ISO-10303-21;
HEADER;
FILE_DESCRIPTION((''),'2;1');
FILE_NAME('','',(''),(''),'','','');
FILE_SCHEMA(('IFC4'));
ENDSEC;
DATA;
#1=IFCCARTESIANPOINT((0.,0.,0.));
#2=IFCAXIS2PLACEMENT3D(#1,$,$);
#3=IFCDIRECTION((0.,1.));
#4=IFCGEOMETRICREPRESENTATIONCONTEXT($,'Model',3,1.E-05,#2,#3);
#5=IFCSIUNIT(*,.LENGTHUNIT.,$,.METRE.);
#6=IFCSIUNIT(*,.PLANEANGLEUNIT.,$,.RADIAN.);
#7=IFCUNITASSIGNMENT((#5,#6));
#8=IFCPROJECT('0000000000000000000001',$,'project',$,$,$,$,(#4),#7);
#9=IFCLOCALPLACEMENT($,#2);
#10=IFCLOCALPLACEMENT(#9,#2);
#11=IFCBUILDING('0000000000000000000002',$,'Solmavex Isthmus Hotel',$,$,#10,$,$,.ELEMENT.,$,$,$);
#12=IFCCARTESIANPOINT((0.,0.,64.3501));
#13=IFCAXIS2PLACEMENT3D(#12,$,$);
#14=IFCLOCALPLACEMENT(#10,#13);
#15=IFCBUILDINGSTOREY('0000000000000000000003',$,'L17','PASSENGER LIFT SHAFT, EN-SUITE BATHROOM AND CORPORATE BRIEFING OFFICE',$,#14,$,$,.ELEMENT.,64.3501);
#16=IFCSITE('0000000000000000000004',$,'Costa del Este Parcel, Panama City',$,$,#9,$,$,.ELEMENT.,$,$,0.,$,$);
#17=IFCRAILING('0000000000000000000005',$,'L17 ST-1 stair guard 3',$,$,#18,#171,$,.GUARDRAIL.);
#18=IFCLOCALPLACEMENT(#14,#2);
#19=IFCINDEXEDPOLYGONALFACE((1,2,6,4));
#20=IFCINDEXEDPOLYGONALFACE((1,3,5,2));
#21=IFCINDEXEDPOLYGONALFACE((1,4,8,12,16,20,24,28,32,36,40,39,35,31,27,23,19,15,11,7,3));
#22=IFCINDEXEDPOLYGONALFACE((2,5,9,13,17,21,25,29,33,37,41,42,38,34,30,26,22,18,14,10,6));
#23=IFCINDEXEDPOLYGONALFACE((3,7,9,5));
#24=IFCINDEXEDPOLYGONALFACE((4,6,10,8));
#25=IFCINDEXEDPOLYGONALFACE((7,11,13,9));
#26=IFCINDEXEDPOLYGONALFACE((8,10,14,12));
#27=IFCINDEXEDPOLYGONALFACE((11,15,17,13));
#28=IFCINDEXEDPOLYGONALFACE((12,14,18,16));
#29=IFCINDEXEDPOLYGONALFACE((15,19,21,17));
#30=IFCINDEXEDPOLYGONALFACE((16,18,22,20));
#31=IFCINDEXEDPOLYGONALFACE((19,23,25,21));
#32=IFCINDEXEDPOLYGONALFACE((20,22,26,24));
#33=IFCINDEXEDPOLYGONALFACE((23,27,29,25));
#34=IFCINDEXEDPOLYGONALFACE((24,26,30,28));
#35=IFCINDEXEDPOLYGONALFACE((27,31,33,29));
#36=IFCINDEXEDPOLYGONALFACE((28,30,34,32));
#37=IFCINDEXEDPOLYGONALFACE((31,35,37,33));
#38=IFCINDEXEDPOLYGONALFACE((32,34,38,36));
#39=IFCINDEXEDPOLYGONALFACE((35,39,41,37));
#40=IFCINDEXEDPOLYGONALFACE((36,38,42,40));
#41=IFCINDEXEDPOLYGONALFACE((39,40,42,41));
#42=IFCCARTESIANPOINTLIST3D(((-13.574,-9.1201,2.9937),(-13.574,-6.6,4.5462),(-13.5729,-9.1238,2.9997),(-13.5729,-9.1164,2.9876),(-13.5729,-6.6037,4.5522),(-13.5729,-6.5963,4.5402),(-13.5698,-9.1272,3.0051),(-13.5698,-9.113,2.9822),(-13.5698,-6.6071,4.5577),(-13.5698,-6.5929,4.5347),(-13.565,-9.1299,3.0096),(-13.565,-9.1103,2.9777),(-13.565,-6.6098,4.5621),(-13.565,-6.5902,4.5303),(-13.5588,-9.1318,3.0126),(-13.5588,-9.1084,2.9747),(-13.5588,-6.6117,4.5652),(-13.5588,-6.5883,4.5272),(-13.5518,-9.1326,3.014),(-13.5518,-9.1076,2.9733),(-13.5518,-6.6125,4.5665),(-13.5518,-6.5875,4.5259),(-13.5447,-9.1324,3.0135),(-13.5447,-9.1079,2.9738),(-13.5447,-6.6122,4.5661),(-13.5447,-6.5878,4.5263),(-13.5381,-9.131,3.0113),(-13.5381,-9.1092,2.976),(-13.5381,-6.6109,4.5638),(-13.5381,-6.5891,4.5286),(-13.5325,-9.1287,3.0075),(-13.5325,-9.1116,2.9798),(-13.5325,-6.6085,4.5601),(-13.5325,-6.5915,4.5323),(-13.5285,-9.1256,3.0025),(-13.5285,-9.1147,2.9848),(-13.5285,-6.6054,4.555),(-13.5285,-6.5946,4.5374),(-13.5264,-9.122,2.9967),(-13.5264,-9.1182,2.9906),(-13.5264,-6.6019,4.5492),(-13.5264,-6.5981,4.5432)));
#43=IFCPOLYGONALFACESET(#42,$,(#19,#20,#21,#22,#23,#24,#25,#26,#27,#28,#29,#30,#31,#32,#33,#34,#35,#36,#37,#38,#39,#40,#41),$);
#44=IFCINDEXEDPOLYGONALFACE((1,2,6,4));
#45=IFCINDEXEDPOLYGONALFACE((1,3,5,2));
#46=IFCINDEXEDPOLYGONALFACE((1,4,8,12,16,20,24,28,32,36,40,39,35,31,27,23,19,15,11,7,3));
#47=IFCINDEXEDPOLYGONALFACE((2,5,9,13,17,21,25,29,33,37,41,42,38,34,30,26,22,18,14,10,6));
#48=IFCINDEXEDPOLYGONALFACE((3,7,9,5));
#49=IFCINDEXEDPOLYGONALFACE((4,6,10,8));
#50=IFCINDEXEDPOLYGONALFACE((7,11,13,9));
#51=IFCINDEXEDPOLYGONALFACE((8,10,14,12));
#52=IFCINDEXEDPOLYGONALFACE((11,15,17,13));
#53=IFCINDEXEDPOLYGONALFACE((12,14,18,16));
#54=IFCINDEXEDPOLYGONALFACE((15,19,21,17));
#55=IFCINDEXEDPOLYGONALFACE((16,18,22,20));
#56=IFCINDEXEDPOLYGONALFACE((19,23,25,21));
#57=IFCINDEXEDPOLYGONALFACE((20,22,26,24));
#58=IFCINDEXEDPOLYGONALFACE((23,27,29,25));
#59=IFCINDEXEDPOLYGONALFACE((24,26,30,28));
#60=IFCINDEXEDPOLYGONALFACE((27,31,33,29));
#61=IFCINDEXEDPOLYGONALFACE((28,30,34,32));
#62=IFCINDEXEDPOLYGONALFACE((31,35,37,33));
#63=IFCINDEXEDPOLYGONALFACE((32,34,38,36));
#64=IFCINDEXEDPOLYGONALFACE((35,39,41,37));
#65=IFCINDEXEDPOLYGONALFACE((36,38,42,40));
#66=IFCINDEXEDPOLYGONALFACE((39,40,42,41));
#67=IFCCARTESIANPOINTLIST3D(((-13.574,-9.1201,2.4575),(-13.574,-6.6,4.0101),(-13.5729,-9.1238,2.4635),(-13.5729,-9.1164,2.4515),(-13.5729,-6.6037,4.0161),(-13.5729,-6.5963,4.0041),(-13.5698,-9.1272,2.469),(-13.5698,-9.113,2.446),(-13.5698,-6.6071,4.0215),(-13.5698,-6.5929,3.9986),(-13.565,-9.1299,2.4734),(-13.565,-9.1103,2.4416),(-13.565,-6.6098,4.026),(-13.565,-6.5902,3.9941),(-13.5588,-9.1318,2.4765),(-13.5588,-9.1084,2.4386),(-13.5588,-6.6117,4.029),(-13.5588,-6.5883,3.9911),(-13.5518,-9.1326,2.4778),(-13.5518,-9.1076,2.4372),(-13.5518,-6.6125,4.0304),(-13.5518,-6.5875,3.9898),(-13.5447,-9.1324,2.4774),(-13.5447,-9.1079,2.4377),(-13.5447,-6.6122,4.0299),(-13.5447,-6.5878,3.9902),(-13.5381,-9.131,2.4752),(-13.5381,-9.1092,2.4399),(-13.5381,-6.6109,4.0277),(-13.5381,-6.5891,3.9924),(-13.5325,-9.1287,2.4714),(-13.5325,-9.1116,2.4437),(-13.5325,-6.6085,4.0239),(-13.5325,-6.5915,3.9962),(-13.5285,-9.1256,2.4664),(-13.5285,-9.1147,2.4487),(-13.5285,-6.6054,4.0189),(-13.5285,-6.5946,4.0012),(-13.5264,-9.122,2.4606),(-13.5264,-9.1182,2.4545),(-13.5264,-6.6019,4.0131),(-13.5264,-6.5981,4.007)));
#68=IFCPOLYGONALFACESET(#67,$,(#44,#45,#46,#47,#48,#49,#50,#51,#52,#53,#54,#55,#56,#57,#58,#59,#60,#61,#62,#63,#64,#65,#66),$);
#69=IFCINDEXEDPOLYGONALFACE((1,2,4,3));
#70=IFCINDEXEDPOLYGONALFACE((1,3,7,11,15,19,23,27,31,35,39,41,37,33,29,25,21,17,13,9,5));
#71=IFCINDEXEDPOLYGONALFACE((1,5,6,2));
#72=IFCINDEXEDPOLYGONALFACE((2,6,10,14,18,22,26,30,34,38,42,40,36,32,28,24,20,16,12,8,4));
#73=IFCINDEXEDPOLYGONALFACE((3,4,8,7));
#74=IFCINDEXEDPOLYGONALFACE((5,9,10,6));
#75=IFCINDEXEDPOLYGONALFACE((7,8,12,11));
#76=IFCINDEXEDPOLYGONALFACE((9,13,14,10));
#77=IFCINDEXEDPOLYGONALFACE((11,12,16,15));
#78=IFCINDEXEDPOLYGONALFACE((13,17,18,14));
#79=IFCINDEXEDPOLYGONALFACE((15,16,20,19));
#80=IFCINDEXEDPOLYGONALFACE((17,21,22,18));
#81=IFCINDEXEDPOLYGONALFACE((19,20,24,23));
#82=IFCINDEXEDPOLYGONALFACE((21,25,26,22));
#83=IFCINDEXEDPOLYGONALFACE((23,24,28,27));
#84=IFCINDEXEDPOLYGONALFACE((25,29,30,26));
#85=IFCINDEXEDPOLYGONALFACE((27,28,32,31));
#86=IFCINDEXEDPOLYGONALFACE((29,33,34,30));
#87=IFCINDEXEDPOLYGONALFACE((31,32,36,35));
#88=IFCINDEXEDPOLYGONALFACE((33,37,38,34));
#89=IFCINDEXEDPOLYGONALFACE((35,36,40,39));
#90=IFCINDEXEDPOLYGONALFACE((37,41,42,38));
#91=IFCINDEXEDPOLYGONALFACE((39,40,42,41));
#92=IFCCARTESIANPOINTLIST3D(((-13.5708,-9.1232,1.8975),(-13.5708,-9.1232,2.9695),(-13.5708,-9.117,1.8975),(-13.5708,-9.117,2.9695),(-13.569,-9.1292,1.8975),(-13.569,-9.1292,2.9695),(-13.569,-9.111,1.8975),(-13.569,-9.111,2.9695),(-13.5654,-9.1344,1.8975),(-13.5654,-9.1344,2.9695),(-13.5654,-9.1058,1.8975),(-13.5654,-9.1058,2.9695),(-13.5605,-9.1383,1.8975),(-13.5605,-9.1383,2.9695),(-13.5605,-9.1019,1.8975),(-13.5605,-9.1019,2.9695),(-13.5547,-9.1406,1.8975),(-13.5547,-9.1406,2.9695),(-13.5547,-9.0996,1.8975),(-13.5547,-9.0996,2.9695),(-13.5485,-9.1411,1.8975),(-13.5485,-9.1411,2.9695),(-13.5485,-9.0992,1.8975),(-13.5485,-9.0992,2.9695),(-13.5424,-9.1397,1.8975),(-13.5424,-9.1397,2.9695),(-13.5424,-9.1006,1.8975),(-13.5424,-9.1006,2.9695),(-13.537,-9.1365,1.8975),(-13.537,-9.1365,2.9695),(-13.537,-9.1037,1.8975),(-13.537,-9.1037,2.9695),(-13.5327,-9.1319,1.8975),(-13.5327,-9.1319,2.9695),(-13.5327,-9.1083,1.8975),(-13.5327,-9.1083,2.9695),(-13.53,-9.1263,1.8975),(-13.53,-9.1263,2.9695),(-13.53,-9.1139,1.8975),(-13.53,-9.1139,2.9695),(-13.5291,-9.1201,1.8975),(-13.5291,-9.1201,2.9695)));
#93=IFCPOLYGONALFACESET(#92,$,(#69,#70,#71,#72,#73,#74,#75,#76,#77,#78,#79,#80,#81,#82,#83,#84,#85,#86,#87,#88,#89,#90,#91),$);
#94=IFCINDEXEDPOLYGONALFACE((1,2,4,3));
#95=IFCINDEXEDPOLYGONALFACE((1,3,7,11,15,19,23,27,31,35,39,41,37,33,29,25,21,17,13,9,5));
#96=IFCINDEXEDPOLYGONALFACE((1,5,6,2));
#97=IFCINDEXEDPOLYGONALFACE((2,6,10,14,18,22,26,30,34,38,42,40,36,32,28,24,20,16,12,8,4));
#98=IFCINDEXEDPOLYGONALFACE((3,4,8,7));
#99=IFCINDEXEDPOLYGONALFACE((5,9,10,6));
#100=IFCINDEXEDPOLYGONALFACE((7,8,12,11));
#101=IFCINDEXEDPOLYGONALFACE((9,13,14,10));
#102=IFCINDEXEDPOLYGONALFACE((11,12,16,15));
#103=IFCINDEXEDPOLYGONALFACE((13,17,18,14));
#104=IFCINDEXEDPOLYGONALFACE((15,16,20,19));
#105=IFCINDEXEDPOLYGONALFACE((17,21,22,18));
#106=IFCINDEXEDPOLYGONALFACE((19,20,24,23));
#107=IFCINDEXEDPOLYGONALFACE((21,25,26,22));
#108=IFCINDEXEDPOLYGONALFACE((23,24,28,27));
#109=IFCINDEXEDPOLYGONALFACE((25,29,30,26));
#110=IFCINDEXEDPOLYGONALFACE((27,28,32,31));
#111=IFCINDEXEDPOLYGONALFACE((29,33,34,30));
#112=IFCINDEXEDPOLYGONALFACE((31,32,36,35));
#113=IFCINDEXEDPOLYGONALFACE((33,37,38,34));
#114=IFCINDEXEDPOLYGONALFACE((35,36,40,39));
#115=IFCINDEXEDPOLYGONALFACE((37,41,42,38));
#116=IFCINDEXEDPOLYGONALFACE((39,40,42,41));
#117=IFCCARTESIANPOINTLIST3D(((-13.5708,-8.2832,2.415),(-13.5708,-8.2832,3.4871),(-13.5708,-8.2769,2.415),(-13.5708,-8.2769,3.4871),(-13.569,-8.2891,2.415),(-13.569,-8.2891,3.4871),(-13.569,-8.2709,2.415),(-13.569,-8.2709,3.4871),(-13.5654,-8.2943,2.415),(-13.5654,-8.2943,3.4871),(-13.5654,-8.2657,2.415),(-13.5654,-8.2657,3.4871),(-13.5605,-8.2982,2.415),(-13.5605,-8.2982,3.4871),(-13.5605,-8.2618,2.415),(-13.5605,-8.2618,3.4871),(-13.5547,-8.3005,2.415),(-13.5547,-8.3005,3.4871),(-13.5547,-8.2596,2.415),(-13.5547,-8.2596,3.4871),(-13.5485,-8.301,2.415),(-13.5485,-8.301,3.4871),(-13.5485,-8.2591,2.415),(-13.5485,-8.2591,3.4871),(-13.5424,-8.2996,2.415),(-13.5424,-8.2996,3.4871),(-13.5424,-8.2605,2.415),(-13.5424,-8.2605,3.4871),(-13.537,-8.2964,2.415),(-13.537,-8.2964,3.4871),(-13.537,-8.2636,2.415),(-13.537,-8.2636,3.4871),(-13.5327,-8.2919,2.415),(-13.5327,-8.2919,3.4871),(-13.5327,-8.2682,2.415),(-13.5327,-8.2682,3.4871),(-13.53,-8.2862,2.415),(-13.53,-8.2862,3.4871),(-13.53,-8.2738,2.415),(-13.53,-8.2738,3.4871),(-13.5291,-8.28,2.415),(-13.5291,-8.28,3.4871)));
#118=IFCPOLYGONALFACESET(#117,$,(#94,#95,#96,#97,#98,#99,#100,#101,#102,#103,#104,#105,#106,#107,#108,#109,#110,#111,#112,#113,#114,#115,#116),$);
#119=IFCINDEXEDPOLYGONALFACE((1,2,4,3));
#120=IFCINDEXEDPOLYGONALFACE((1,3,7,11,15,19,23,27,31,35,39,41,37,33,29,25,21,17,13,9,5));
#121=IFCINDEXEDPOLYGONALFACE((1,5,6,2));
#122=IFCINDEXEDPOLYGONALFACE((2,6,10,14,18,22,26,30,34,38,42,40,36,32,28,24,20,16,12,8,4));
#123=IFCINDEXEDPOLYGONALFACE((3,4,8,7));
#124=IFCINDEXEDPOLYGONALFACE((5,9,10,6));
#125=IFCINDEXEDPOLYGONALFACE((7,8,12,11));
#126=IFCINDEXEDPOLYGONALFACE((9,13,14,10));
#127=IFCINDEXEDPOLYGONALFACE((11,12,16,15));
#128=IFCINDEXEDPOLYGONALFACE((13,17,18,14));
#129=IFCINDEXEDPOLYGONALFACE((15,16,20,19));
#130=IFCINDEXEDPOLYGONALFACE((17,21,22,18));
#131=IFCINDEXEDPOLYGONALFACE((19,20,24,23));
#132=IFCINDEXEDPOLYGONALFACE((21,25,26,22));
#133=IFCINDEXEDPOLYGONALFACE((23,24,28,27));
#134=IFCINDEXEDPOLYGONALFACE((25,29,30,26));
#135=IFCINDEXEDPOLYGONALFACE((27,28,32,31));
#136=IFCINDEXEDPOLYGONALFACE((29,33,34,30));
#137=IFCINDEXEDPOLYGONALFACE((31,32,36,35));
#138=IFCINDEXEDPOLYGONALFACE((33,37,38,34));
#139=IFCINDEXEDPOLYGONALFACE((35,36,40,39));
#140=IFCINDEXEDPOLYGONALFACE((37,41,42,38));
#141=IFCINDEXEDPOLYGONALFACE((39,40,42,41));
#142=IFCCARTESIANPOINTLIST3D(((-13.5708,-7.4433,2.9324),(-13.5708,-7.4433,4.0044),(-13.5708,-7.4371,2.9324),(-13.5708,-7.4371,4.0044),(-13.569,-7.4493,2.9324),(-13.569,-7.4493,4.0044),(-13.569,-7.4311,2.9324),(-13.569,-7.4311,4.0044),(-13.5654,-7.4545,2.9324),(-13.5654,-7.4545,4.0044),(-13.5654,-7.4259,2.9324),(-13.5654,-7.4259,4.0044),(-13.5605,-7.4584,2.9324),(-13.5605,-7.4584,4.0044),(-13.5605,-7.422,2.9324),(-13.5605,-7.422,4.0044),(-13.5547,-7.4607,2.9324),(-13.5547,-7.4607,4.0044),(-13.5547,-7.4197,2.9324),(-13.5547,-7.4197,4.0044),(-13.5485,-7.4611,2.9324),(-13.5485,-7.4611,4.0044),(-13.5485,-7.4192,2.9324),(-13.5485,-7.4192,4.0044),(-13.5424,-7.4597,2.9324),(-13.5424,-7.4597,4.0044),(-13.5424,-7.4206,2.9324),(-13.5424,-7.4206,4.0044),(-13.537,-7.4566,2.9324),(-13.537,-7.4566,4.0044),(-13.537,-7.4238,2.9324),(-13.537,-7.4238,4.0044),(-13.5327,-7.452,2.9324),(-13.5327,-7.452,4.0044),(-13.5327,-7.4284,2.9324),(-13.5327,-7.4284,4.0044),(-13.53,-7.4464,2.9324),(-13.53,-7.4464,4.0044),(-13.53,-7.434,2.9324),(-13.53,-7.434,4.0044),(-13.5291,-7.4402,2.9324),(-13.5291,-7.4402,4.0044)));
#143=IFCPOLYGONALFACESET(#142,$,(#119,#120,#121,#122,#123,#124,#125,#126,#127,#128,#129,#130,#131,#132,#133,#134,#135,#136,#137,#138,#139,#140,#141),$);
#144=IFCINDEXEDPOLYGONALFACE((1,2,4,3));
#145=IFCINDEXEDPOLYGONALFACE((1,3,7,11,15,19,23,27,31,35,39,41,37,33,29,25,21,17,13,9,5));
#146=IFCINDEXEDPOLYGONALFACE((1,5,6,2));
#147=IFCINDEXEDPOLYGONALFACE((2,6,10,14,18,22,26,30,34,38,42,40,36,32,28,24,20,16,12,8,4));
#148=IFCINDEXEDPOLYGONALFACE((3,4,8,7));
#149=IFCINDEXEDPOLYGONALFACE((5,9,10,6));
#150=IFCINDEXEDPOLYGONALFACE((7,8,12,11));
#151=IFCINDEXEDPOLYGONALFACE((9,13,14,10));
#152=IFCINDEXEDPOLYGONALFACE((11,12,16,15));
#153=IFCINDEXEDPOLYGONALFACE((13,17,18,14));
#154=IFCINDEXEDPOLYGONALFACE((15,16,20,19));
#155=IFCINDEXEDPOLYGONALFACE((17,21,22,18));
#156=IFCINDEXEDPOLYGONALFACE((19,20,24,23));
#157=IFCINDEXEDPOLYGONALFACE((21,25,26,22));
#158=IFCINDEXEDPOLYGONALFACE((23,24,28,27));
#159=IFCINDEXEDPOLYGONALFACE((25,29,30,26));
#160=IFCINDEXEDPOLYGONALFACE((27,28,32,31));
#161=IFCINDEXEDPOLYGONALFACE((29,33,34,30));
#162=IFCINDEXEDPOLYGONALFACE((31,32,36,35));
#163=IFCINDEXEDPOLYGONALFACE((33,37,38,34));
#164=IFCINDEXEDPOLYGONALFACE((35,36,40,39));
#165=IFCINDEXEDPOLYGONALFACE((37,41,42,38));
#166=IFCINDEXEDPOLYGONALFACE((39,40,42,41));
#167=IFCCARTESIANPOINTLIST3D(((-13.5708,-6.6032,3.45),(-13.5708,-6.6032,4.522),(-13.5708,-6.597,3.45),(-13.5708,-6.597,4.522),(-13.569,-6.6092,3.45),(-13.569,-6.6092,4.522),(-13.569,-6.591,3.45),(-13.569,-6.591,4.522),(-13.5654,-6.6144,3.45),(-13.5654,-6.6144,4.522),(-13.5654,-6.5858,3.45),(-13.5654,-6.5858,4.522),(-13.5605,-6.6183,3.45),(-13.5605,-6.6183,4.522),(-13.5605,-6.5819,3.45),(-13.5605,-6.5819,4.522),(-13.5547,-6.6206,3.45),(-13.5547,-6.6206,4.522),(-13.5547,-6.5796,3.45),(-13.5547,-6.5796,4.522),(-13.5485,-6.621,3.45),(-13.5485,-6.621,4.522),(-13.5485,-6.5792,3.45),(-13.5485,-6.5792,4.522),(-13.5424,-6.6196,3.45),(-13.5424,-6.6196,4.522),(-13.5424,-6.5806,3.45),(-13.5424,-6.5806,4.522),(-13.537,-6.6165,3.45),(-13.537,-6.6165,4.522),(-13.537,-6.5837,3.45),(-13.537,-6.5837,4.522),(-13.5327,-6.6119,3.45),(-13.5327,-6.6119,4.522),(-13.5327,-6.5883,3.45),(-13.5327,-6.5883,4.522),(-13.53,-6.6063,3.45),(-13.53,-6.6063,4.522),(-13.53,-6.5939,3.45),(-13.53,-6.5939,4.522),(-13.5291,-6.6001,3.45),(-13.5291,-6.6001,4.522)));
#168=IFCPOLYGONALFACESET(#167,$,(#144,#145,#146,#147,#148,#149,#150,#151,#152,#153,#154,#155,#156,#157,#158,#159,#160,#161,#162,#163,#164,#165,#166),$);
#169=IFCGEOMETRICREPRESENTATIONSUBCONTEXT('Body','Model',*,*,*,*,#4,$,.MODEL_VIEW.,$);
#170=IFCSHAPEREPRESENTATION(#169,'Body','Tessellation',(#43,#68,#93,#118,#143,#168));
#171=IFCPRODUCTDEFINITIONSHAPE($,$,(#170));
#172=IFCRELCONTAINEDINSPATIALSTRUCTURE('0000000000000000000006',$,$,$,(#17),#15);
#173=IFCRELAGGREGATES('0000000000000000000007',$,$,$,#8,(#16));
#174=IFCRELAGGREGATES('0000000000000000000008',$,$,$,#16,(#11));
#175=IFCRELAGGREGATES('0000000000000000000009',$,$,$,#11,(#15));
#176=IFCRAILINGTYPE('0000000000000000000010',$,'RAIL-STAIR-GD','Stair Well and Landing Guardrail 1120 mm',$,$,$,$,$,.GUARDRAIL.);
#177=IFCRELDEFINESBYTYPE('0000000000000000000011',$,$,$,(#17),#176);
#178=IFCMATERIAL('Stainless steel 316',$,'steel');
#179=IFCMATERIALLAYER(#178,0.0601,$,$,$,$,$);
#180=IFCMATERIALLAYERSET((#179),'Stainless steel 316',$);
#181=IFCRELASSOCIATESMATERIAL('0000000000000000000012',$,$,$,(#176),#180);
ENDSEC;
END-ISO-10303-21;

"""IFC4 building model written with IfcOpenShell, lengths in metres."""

from ifc_helpers import new_model, si_unit, direction, frame, origin, origin_2d, place, context, subcontext, project, spatial, circle, extrude, material, layer, layer_set, type_object, element, save


model = new_model("IFC4")

# Units and contexts
model_context = context("Model", 3, precision=1e-05, world=origin(), true_north=direction((0.0, 1.0)))
body_context = subcontext(model_context, "Body", "Model", "MODEL_VIEW")
ifc_project = project(units=[si_unit("LENGTHUNIT", "METRE"), si_unit("PLANEANGLEUNIT", "RADIAN")], contexts=[model_context])

# Site, building, storey
site_placement = place(None, origin())
site = spatial("IfcSite", under=ifc_project, at=site_placement, Name="Costa del Este Parcel, Panama City", CompositionType="ELEMENT", RefElevation=0.0)
building_placement = place(site_placement, origin())
building = spatial("IfcBuilding", under=site, at=building_placement, Name="Solmavex Isthmus Hotel", CompositionType="ELEMENT")
storey_placement = place(building_placement, frame((0.0, 0.0, 64.3501)))
storey = spatial("IfcBuildingStorey", under=building, at=storey_placement, Name="L17", Description="PASSENGER LIFT SHAFT, EN-SUITE BATHROOM AND CORPORATE BRIEFING OFFICE", CompositionType="ELEMENT", Elevation=64.3501)

# Shared definitions
ifc_material_1 = material(Name="Stainless steel 316", Category="steel")

# Railing
ifc_layer_1 = layer(ifc_material_1, 0.0601)
ifc_layer_set_1 = layer_set([ifc_layer_1], Name="Stainless steel 316")
railing_type_1 = type_object("IfcRailingType", Name="RAIL-STAIR-GD", Description="Stair Well and Landing Guardrail 1120 mm", PredefinedType="GUARDRAIL", material=ifc_layer_set_1)
railing_1_placement = place(storey_placement, frame((-13.55, -9.1201, 1.8975)))
element("IfcRailing", 1, at=railing_1_placement, inside=storey, type_object=railing_type_1, Name="L17 ST-1 stair guard 3", PredefinedType="GUARDRAIL", context=body_context, shape_type="SweptSolid", body=[
    extrude(circle(Radius=0.0239, at=origin_2d()), frame((0.0, 0.0, 1.0962), z_axis=(0.0, 0.8514, 0.524516), x_axis=(-1.0, 0.0, 0.0)), (0.0, 0.0, 1.0), 2.96),
    extrude(circle(Radius=0.0239, at=origin_2d()), frame((0.0, 0.0, 0.5601), z_axis=(0.0, 0.8514, 0.524516), x_axis=(-1.0, 0.0, 0.0)), (0.0, 0.0, 1.0), 2.96),
    extrude(circle(Radius=0.021, at=origin_2d()), origin(), (0.0, 0.0, 1.0), 1.072),
    extrude(circle(Radius=0.021, at=origin_2d()), frame((0.0, 0.8401, 0.5176)), (0.0, 0.0, 1.0), 1.072),
    extrude(circle(Radius=0.021, at=origin_2d()), frame((0.0, 1.6799, 1.0349)), (0.0, 0.0, 1.0), 1.072),
    extrude(circle(Radius=0.021, at=origin_2d()), frame((0.0, 2.52, 1.5525)), (0.0, 0.0, 1.0), 1.072),
])

save(model, "model.ifc")
